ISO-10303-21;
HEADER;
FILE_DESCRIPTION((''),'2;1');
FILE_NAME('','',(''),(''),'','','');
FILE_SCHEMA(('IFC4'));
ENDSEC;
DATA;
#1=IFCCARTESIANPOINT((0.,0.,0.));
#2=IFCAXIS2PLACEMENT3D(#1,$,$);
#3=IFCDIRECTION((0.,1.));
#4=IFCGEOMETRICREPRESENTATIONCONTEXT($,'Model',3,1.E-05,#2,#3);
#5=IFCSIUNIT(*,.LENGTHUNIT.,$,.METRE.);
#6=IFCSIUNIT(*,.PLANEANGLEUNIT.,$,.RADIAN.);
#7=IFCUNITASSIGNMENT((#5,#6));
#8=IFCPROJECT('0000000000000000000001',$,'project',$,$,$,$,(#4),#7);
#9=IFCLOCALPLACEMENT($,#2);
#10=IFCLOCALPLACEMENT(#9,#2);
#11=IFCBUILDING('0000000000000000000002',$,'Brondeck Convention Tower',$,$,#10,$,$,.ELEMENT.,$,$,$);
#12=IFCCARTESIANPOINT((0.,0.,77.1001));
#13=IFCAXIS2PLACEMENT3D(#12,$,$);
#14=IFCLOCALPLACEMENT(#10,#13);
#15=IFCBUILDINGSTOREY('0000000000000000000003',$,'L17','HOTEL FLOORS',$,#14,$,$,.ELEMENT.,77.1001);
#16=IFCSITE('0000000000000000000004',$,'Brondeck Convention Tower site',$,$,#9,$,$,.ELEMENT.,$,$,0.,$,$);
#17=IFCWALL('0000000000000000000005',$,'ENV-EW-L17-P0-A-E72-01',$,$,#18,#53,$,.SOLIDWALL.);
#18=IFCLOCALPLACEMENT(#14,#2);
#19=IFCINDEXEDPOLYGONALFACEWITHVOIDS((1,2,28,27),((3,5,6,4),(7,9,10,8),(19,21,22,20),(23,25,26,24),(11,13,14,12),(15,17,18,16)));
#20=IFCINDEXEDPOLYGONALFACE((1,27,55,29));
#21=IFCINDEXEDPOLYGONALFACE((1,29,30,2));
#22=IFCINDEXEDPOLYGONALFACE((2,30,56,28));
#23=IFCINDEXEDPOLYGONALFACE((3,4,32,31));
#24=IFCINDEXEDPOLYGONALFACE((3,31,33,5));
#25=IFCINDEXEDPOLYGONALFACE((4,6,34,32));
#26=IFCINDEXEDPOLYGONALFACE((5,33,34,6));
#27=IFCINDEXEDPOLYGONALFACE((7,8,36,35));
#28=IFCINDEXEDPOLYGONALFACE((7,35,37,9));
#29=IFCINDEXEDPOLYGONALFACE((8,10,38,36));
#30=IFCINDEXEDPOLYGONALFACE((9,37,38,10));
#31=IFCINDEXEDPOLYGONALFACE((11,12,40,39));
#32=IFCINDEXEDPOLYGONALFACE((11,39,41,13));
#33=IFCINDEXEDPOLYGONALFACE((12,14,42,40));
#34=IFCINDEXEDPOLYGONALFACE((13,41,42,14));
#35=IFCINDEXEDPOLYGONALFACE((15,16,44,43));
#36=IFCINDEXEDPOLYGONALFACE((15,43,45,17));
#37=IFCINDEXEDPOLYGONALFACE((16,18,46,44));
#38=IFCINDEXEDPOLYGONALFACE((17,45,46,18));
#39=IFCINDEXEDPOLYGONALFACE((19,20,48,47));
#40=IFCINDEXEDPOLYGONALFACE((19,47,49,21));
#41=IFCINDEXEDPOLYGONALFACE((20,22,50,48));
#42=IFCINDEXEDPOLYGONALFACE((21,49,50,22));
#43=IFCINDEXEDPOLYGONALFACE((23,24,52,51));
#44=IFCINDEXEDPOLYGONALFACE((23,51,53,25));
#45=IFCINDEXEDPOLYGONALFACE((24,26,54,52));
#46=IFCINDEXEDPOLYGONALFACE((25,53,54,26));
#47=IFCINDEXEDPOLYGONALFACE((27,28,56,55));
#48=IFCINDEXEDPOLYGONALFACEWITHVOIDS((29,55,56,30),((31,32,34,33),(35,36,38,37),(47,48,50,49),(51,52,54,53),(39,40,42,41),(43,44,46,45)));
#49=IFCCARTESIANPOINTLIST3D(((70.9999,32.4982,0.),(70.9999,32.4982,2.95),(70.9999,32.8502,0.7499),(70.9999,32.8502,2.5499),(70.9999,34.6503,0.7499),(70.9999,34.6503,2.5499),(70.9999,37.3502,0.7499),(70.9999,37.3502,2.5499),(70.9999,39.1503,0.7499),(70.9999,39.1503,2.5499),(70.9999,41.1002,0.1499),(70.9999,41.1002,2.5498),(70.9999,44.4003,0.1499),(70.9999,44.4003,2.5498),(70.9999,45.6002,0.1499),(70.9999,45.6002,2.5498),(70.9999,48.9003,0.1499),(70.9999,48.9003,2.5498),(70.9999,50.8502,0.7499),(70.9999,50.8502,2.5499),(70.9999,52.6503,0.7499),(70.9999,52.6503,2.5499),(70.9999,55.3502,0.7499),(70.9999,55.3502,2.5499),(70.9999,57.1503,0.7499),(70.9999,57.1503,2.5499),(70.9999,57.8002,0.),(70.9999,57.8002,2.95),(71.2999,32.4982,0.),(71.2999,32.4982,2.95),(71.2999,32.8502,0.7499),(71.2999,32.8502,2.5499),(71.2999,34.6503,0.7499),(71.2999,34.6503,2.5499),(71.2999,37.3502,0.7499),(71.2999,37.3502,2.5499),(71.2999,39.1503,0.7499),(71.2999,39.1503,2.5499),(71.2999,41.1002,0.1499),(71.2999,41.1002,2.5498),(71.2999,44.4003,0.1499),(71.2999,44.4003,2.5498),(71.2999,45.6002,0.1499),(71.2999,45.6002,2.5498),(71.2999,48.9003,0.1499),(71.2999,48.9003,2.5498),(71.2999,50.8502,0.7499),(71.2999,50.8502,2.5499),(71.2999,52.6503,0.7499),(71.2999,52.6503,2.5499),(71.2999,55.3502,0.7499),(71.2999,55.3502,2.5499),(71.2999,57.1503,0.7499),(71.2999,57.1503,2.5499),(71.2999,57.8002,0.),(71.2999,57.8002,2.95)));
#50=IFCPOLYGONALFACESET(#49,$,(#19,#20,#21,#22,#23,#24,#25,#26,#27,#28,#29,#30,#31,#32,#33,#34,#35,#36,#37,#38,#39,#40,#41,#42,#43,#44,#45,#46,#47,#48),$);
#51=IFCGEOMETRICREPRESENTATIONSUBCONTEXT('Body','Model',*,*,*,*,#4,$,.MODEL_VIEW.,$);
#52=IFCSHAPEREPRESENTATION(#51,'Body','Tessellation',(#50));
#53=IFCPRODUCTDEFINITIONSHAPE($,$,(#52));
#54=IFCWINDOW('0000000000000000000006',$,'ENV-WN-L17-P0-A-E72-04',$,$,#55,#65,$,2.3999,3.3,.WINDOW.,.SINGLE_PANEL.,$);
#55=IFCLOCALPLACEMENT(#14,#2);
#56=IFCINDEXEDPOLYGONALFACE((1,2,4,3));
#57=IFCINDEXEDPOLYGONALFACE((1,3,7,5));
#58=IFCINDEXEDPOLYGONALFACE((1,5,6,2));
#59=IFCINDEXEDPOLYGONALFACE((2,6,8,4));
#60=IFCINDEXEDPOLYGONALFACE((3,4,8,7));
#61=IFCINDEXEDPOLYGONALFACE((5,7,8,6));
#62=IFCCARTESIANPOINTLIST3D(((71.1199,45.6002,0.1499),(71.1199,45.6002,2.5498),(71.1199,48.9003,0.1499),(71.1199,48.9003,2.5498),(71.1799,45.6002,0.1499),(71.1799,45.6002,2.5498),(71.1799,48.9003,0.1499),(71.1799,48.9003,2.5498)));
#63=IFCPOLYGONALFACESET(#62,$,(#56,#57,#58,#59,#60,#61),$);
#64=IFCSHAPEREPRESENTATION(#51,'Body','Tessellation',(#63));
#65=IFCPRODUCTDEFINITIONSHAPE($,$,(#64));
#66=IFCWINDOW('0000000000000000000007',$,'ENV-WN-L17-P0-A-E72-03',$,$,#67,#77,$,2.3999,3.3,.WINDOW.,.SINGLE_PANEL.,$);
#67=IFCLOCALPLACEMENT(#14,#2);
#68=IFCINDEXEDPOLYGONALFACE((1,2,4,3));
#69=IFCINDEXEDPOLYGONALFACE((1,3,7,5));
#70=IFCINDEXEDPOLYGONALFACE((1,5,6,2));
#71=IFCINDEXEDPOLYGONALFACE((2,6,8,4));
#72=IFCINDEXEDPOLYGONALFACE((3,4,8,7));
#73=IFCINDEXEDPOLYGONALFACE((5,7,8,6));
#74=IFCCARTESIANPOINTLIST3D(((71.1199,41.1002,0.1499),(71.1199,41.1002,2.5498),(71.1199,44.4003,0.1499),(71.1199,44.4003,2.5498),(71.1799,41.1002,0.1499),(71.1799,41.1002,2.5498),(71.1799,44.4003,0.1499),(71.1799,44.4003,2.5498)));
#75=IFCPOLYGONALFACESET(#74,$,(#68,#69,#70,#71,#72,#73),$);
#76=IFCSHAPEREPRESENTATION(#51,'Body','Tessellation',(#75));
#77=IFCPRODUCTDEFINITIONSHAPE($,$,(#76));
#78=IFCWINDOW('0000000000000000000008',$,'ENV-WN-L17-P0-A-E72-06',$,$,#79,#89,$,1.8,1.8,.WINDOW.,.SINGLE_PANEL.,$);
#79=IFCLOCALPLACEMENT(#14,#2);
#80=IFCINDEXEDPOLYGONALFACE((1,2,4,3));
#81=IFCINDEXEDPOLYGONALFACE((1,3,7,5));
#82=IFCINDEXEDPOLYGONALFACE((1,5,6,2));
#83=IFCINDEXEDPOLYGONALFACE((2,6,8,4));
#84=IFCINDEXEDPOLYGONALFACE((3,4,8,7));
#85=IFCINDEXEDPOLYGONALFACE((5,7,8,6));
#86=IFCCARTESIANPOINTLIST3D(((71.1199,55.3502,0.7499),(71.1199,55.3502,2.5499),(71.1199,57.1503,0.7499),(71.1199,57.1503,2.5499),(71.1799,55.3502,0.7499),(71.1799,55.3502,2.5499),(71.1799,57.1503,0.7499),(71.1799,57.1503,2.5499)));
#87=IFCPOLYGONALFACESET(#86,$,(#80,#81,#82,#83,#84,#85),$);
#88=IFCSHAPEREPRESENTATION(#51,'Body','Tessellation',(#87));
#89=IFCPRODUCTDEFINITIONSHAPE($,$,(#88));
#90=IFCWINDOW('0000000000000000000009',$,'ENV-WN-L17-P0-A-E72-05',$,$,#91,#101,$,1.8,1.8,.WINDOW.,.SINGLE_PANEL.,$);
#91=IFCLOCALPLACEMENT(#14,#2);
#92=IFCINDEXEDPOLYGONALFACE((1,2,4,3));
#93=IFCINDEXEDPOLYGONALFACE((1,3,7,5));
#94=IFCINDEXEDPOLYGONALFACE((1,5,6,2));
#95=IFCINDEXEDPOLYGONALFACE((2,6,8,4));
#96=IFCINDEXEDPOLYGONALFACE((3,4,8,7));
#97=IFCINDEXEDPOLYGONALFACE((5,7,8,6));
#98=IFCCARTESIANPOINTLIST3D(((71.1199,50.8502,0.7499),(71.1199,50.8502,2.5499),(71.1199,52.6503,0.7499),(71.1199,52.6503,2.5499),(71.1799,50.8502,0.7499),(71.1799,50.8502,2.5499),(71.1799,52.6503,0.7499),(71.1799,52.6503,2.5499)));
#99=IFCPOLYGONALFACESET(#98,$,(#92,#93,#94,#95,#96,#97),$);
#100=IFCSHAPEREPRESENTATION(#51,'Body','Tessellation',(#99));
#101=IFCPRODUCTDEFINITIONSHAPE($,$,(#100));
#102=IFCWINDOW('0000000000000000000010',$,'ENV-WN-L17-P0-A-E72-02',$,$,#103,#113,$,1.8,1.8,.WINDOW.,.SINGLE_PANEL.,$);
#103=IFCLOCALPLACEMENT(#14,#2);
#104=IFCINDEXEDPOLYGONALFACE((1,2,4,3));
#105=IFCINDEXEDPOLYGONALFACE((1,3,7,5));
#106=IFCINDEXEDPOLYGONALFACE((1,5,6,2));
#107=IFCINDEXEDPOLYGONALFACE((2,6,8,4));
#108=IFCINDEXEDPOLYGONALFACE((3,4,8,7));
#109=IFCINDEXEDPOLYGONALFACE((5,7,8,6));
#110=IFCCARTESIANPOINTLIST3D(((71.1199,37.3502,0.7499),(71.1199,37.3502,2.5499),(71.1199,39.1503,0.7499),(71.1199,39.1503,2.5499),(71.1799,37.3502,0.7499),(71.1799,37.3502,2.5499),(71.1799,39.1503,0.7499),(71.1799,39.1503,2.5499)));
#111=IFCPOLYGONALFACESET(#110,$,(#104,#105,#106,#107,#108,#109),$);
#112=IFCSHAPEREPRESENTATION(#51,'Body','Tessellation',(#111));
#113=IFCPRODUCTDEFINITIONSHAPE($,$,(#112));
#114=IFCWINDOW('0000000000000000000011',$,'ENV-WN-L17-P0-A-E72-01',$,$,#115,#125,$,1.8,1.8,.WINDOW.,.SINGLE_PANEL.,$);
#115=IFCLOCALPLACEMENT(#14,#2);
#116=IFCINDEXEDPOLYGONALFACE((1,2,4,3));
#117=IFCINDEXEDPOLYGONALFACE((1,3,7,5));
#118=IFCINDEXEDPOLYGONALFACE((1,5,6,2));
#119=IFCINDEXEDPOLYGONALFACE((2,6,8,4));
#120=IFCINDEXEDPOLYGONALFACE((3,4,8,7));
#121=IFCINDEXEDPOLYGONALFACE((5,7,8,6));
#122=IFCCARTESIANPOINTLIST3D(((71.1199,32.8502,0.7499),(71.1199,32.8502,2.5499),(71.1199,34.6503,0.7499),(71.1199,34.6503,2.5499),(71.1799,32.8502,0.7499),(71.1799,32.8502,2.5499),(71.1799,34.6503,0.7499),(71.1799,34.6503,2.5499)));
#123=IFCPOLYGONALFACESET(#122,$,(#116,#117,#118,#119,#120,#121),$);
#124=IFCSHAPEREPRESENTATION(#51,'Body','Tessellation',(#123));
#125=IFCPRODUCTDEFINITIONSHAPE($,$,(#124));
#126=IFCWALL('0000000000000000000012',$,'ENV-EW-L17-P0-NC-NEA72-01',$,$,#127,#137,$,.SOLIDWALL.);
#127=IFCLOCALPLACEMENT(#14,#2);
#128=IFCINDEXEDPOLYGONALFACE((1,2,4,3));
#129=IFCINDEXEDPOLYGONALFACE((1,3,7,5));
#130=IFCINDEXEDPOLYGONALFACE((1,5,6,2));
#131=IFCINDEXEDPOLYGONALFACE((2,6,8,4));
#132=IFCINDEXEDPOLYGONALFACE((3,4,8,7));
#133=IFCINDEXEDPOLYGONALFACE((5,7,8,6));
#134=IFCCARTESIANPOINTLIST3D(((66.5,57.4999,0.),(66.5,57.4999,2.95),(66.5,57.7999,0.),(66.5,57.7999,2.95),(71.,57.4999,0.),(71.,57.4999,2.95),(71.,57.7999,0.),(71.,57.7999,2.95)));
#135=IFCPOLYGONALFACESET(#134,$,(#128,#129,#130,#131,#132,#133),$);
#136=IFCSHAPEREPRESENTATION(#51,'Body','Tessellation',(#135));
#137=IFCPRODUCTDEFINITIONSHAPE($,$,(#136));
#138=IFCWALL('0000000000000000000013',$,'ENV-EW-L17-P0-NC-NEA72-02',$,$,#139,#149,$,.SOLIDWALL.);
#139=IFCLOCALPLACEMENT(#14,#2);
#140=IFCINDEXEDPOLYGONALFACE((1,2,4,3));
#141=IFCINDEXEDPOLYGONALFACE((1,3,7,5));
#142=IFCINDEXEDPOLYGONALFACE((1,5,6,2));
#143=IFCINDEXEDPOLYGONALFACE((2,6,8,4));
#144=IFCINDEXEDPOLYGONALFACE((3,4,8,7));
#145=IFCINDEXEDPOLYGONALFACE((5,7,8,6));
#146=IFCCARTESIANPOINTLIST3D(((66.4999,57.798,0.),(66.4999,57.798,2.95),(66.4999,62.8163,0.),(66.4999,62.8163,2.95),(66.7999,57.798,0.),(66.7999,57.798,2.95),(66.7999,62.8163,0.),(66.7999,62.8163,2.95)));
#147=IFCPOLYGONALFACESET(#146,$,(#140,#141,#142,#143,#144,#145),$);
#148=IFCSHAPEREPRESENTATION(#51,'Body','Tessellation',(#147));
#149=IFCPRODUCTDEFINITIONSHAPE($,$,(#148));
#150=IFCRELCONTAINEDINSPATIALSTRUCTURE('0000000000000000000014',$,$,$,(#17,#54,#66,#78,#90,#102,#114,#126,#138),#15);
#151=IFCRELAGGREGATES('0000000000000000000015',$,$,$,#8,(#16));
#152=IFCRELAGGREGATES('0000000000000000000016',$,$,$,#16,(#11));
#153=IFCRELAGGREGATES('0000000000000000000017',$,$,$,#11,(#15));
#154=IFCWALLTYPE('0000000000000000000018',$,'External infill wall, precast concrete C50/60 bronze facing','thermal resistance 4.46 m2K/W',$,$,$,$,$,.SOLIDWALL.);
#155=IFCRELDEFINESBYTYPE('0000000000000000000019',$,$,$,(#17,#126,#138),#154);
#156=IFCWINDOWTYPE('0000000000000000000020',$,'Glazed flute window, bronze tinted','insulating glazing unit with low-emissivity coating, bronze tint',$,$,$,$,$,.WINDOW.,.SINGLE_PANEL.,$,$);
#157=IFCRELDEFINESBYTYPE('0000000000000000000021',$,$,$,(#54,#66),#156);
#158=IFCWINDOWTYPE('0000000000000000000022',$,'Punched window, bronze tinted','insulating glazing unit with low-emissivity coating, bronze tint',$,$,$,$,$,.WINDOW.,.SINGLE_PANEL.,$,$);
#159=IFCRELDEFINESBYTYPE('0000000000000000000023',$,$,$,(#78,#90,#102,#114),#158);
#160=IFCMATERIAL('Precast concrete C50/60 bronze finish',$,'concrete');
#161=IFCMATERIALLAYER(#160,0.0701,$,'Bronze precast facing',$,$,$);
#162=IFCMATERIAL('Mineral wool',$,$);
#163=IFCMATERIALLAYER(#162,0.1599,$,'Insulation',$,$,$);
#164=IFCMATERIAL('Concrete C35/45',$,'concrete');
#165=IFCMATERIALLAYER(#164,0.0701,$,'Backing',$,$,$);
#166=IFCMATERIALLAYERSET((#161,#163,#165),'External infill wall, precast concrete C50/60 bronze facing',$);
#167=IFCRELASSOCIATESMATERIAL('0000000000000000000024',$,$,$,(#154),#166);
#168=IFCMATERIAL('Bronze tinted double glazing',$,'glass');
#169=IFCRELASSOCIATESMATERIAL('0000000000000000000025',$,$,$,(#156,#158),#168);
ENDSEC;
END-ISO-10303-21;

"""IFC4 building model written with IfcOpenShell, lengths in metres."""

from ifc_helpers import new_model, si_unit, direction, frame, frame_2d, origin, place, context, subcontext, project, spatial, rectangle, extrude, material, layer, layer_set, type_object, element, fill, save


model = new_model("IFC4")

# Units and contexts
model_context = context("Model", 3, precision=1e-05, world=origin(), true_north=direction((0.0, 1.0)))
body_context = subcontext(model_context, "Body", "Model", "MODEL_VIEW")
ifc_project = project(units=[si_unit("LENGTHUNIT", "METRE"), si_unit("PLANEANGLEUNIT", "RADIAN")], contexts=[model_context])

# Site, building, storey
site_placement = place(None, origin())
site = spatial("IfcSite", under=ifc_project, at=site_placement, Name="Brondeck Convention Tower site", CompositionType="ELEMENT", RefElevation=0.0)
building_placement = place(site_placement, origin())
building = spatial("IfcBuilding", under=site, at=building_placement, Name="Brondeck Convention Tower", CompositionType="ELEMENT")
storey_placement = place(building_placement, frame((0.0, 0.0, 77.1001)))
storey = spatial("IfcBuildingStorey", under=building, at=storey_placement, Name="L17", Description="HOTEL FLOORS", CompositionType="ELEMENT", Elevation=77.1001)

# Wall, openings, windows
ifc_material_1 = material(Name="Precast concrete C50/60 bronze finish", Category="concrete")
ifc_layer_1 = layer(ifc_material_1, 0.0701, Name="Bronze precast facing")
ifc_material_2 = material(Name="Mineral wool")
ifc_layer_2 = layer(ifc_material_2, 0.1599, Name="Insulation")
ifc_material_3 = material(Name="Concrete C35/45", Category="concrete")
ifc_layer_3 = layer(ifc_material_3, 0.0701, Name="Backing")
ifc_layer_set_1 = layer_set([ifc_layer_1, ifc_layer_2, ifc_layer_3], Name="External infill wall, precast concrete C50/60 bronze facing")
wall_type_1 = type_object("IfcWallType", Name="External infill wall, precast concrete C50/60 bronze facing", Description="thermal resistance 4.46 m2K/W", PredefinedType="SOLIDWALL", material=ifc_layer_set_1)
wall_1_placement = place(storey_placement, frame((71.1499, 57.8, 0.0), z_axis=(0.0, 0.0, 1.0), x_axis=(0.0, -1.0, 0.0)))
wall_1 = element("IfcWall", 1, at=wall_1_placement, inside=storey, type_object=wall_type_1, Name="ENV-EW-L17-P0-A-E72-01", PredefinedType="SOLIDWALL", context=body_context, shape_type="SweptSolid", body=[
    extrude(rectangle(XDim=25.302, YDim=0.3, at=frame_2d((12.6509, 0.0))), origin(), (0.0, 0.0, 1.0), 2.95),
])
opening_1_placement = place(wall_1_placement, frame((0.6499, 0.0, 0.75)))
opening_1 = element("IfcOpeningElement", 2, at=opening_1_placement, cuts=wall_1, PredefinedType="OPENING", context=body_context, shape_type="SweptSolid", body=[
    extrude(rectangle(XDim=1.8, YDim=1.8, at=frame_2d((0.8999, 0.8999))), frame((0.0, 0.1599, 0.0), z_axis=(0.0, -1.0, 0.0), x_axis=(1.0, 0.0, 0.0)), (0.0, 0.0, 1.0), 0.3201),
])
opening_2_placement = place(wall_1_placement, frame((5.1499, 0.0, 0.75)))
opening_2 = element("IfcOpeningElement", 3, at=opening_2_placement, cuts=wall_1, PredefinedType="OPENING", context=body_context, shape_type="SweptSolid", body=[
    extrude(rectangle(XDim=1.8, YDim=1.8, at=frame_2d((0.8999, 0.8999))), frame((0.0, 0.1599, 0.0), z_axis=(0.0, -1.0, 0.0), x_axis=(1.0, 0.0, 0.0)), (0.0, 0.0, 1.0), 0.3201),
])
opening_3_placement = place(wall_1_placement, frame((8.8999, 0.0, 0.1499)))
opening_3 = element("IfcOpeningElement", 4, at=opening_3_placement, cuts=wall_1, PredefinedType="OPENING", context=body_context, shape_type="SweptSolid", body=[
    extrude(rectangle(XDim=3.3, YDim=2.3999, at=frame_2d((1.6499, 1.2))), frame((0.0, 0.1599, 0.0), z_axis=(0.0, -1.0, 0.0), x_axis=(1.0, 0.0, 0.0)), (0.0, 0.0, 1.0), 0.3201),
])
opening_4_placement = place(wall_1_placement, frame((13.3999, 0.0, 0.1499)))
opening_4 = element("IfcOpeningElement", 5, at=opening_4_placement, cuts=wall_1, PredefinedType="OPENING", context=body_context, shape_type="SweptSolid", body=[
    extrude(rectangle(XDim=3.3, YDim=2.3999, at=frame_2d((1.6499, 1.2))), frame((0.0, 0.1599, 0.0), z_axis=(0.0, -1.0, 0.0), x_axis=(1.0, 0.0, 0.0)), (0.0, 0.0, 1.0), 0.3201),
])
opening_5_placement = place(wall_1_placement, frame((18.6499, 0.0, 0.75)))
opening_5 = element("IfcOpeningElement", 6, at=opening_5_placement, cuts=wall_1, PredefinedType="OPENING", context=body_context, shape_type="SweptSolid", body=[
    extrude(rectangle(XDim=1.8, YDim=1.8, at=frame_2d((0.8999, 0.8999))), frame((0.0, 0.1599, 0.0), z_axis=(0.0, -1.0, 0.0), x_axis=(1.0, 0.0, 0.0)), (0.0, 0.0, 1.0), 0.3201),
])
opening_6_placement = place(wall_1_placement, frame((23.1499, 0.0, 0.75)))
opening_6 = element("IfcOpeningElement", 7, at=opening_6_placement, cuts=wall_1, PredefinedType="OPENING", context=body_context, shape_type="SweptSolid", body=[
    extrude(rectangle(XDim=1.8, YDim=1.8, at=frame_2d((0.8999, 0.8999))), frame((0.0, 0.1599, 0.0), z_axis=(0.0, -1.0, 0.0), x_axis=(1.0, 0.0, 0.0)), (0.0, 0.0, 1.0), 0.3201),
])
ifc_material_4 = material(Name="Bronze tinted double glazing", Category="glass")
window_type_1 = type_object("IfcWindowType", Name="Glazed flute window, bronze tinted", Description="insulating glazing unit with low-emissivity coating, bronze tint", PartitioningType="SINGLE_PANEL", PredefinedType="WINDOW", material=ifc_material_4)
window_1_placement = place(opening_3_placement, origin())
window_1 = element("IfcWindow", 8, at=window_1_placement, inside=storey, type_object=window_type_1, Name="ENV-WN-L17-P0-A-E72-04", OverallHeight=2.3999, OverallWidth=3.3, PartitioningType="SINGLE_PANEL", PredefinedType="WINDOW", context=body_context, shape_type="SweptSolid", body=[
    extrude(rectangle(XDim=3.3, YDim=2.3999, at=frame_2d((1.6499, 1.2))), frame((0.0, 0.03, 0.0), z_axis=(0.0, -1.0, 0.0), x_axis=(1.0, 0.0, 0.0)), (0.0, 0.0, 1.0), 0.0601),
])
fill(opening_3, window_1)
window_2_placement = place(opening_4_placement, origin())
window_2 = element("IfcWindow", 9, at=window_2_placement, inside=storey, type_object=window_type_1, Name="ENV-WN-L17-P0-A-E72-03", OverallHeight=2.3999, OverallWidth=3.3, PartitioningType="SINGLE_PANEL", PredefinedType="WINDOW", context=body_context, shape_type="SweptSolid", body=[
    extrude(rectangle(XDim=3.3, YDim=2.3999, at=frame_2d((1.6499, 1.2))), frame((0.0, 0.03, 0.0), z_axis=(0.0, -1.0, 0.0), x_axis=(1.0, 0.0, 0.0)), (0.0, 0.0, 1.0), 0.0601),
])
fill(opening_4, window_2)
window_type_2 = type_object("IfcWindowType", Name="Punched window, bronze tinted", Description="insulating glazing unit with low-emissivity coating, bronze tint", PartitioningType="SINGLE_PANEL", PredefinedType="WINDOW", material=ifc_material_4)
window_3_placement = place(opening_1_placement, origin())
window_3 = element("IfcWindow", 10, at=window_3_placement, inside=storey, type_object=window_type_2, Name="ENV-WN-L17-P0-A-E72-06", OverallHeight=1.8, OverallWidth=1.8, PartitioningType="SINGLE_PANEL", PredefinedType="WINDOW", context=body_context, shape_type="SweptSolid", body=[
    extrude(rectangle(XDim=1.8, YDim=1.8, at=frame_2d((0.8999, 0.8999))), frame((0.0, 0.03, 0.0), z_axis=(0.0, -1.0, 0.0), x_axis=(1.0, 0.0, 0.0)), (0.0, 0.0, 1.0), 0.0601),
])
fill(opening_1, window_3)
window_4_placement = place(opening_2_placement, origin())
window_4 = element("IfcWindow", 11, at=window_4_placement, inside=storey, type_object=window_type_2, Name="ENV-WN-L17-P0-A-E72-05", OverallHeight=1.8, OverallWidth=1.8, PartitioningType="SINGLE_PANEL", PredefinedType="WINDOW", context=body_context, shape_type="SweptSolid", body=[
    extrude(rectangle(XDim=1.8, YDim=1.8, at=frame_2d((0.8999, 0.8999))), frame((0.0, 0.03, 0.0), z_axis=(0.0, -1.0, 0.0), x_axis=(1.0, 0.0, 0.0)), (0.0, 0.0, 1.0), 0.0601),
])
fill(opening_2, window_4)
window_5_placement = place(opening_5_placement, origin())
window_5 = element("IfcWindow", 12, at=window_5_placement, inside=storey, type_object=window_type_2, Name="ENV-WN-L17-P0-A-E72-02", OverallHeight=1.8, OverallWidth=1.8, PartitioningType="SINGLE_PANEL", PredefinedType="WINDOW", context=body_context, shape_type="SweptSolid", body=[
    extrude(rectangle(XDim=1.8, YDim=1.8, at=frame_2d((0.8999, 0.8999))), frame((0.0, 0.03, 0.0), z_axis=(0.0, -1.0, 0.0), x_axis=(1.0, 0.0, 0.0)), (0.0, 0.0, 1.0), 0.0601),
])
fill(opening_5, window_5)
window_6_placement = place(opening_6_placement, origin())
window_6 = element("IfcWindow", 13, at=window_6_placement, inside=storey, type_object=window_type_2, Name="ENV-WN-L17-P0-A-E72-01", OverallHeight=1.8, OverallWidth=1.8, PartitioningType="SINGLE_PANEL", PredefinedType="WINDOW", context=body_context, shape_type="SweptSolid", body=[
    extrude(rectangle(XDim=1.8, YDim=1.8, at=frame_2d((0.8999, 0.8999))), frame((0.0, 0.03, 0.0), z_axis=(0.0, -1.0, 0.0), x_axis=(1.0, 0.0, 0.0)), (0.0, 0.0, 1.0), 0.0601),
])
fill(opening_6, window_6)

# Walls
wall_2_placement = place(storey_placement, frame((66.5, 57.6499, 0.0), z_axis=(0.0, 0.0, 1.0), x_axis=(1.0, 0.0, 0.0)))
element("IfcWall", 14, at=wall_2_placement, inside=storey, type_object=wall_type_1, Name="ENV-EW-L17-P0-NC-NEA72-01", PredefinedType="SOLIDWALL", context=body_context, shape_type="SweptSolid", body=[
    extrude(rectangle(XDim=4.5, YDim=0.3, at=frame_2d((2.25, 0.0))), origin(), (0.0, 0.0, 1.0), 2.95),
])
wall_3_placement = place(storey_placement, frame((66.6499, 62.8164, 0.0), z_axis=(0.0, 0.0, 1.0), x_axis=(0.0, -1.0, 0.0)))
element("IfcWall", 15, at=wall_3_placement, inside=storey, type_object=wall_type_1, Name="ENV-EW-L17-P0-NC-NEA72-02", PredefinedType="SOLIDWALL", context=body_context, shape_type="SweptSolid", body=[
    extrude(rectangle(XDim=5.0183, YDim=0.3, at=frame_2d((2.5093, 0.0))), origin(), (0.0, 0.0, 1.0), 2.95),
])

save(model, "model.ifc")
